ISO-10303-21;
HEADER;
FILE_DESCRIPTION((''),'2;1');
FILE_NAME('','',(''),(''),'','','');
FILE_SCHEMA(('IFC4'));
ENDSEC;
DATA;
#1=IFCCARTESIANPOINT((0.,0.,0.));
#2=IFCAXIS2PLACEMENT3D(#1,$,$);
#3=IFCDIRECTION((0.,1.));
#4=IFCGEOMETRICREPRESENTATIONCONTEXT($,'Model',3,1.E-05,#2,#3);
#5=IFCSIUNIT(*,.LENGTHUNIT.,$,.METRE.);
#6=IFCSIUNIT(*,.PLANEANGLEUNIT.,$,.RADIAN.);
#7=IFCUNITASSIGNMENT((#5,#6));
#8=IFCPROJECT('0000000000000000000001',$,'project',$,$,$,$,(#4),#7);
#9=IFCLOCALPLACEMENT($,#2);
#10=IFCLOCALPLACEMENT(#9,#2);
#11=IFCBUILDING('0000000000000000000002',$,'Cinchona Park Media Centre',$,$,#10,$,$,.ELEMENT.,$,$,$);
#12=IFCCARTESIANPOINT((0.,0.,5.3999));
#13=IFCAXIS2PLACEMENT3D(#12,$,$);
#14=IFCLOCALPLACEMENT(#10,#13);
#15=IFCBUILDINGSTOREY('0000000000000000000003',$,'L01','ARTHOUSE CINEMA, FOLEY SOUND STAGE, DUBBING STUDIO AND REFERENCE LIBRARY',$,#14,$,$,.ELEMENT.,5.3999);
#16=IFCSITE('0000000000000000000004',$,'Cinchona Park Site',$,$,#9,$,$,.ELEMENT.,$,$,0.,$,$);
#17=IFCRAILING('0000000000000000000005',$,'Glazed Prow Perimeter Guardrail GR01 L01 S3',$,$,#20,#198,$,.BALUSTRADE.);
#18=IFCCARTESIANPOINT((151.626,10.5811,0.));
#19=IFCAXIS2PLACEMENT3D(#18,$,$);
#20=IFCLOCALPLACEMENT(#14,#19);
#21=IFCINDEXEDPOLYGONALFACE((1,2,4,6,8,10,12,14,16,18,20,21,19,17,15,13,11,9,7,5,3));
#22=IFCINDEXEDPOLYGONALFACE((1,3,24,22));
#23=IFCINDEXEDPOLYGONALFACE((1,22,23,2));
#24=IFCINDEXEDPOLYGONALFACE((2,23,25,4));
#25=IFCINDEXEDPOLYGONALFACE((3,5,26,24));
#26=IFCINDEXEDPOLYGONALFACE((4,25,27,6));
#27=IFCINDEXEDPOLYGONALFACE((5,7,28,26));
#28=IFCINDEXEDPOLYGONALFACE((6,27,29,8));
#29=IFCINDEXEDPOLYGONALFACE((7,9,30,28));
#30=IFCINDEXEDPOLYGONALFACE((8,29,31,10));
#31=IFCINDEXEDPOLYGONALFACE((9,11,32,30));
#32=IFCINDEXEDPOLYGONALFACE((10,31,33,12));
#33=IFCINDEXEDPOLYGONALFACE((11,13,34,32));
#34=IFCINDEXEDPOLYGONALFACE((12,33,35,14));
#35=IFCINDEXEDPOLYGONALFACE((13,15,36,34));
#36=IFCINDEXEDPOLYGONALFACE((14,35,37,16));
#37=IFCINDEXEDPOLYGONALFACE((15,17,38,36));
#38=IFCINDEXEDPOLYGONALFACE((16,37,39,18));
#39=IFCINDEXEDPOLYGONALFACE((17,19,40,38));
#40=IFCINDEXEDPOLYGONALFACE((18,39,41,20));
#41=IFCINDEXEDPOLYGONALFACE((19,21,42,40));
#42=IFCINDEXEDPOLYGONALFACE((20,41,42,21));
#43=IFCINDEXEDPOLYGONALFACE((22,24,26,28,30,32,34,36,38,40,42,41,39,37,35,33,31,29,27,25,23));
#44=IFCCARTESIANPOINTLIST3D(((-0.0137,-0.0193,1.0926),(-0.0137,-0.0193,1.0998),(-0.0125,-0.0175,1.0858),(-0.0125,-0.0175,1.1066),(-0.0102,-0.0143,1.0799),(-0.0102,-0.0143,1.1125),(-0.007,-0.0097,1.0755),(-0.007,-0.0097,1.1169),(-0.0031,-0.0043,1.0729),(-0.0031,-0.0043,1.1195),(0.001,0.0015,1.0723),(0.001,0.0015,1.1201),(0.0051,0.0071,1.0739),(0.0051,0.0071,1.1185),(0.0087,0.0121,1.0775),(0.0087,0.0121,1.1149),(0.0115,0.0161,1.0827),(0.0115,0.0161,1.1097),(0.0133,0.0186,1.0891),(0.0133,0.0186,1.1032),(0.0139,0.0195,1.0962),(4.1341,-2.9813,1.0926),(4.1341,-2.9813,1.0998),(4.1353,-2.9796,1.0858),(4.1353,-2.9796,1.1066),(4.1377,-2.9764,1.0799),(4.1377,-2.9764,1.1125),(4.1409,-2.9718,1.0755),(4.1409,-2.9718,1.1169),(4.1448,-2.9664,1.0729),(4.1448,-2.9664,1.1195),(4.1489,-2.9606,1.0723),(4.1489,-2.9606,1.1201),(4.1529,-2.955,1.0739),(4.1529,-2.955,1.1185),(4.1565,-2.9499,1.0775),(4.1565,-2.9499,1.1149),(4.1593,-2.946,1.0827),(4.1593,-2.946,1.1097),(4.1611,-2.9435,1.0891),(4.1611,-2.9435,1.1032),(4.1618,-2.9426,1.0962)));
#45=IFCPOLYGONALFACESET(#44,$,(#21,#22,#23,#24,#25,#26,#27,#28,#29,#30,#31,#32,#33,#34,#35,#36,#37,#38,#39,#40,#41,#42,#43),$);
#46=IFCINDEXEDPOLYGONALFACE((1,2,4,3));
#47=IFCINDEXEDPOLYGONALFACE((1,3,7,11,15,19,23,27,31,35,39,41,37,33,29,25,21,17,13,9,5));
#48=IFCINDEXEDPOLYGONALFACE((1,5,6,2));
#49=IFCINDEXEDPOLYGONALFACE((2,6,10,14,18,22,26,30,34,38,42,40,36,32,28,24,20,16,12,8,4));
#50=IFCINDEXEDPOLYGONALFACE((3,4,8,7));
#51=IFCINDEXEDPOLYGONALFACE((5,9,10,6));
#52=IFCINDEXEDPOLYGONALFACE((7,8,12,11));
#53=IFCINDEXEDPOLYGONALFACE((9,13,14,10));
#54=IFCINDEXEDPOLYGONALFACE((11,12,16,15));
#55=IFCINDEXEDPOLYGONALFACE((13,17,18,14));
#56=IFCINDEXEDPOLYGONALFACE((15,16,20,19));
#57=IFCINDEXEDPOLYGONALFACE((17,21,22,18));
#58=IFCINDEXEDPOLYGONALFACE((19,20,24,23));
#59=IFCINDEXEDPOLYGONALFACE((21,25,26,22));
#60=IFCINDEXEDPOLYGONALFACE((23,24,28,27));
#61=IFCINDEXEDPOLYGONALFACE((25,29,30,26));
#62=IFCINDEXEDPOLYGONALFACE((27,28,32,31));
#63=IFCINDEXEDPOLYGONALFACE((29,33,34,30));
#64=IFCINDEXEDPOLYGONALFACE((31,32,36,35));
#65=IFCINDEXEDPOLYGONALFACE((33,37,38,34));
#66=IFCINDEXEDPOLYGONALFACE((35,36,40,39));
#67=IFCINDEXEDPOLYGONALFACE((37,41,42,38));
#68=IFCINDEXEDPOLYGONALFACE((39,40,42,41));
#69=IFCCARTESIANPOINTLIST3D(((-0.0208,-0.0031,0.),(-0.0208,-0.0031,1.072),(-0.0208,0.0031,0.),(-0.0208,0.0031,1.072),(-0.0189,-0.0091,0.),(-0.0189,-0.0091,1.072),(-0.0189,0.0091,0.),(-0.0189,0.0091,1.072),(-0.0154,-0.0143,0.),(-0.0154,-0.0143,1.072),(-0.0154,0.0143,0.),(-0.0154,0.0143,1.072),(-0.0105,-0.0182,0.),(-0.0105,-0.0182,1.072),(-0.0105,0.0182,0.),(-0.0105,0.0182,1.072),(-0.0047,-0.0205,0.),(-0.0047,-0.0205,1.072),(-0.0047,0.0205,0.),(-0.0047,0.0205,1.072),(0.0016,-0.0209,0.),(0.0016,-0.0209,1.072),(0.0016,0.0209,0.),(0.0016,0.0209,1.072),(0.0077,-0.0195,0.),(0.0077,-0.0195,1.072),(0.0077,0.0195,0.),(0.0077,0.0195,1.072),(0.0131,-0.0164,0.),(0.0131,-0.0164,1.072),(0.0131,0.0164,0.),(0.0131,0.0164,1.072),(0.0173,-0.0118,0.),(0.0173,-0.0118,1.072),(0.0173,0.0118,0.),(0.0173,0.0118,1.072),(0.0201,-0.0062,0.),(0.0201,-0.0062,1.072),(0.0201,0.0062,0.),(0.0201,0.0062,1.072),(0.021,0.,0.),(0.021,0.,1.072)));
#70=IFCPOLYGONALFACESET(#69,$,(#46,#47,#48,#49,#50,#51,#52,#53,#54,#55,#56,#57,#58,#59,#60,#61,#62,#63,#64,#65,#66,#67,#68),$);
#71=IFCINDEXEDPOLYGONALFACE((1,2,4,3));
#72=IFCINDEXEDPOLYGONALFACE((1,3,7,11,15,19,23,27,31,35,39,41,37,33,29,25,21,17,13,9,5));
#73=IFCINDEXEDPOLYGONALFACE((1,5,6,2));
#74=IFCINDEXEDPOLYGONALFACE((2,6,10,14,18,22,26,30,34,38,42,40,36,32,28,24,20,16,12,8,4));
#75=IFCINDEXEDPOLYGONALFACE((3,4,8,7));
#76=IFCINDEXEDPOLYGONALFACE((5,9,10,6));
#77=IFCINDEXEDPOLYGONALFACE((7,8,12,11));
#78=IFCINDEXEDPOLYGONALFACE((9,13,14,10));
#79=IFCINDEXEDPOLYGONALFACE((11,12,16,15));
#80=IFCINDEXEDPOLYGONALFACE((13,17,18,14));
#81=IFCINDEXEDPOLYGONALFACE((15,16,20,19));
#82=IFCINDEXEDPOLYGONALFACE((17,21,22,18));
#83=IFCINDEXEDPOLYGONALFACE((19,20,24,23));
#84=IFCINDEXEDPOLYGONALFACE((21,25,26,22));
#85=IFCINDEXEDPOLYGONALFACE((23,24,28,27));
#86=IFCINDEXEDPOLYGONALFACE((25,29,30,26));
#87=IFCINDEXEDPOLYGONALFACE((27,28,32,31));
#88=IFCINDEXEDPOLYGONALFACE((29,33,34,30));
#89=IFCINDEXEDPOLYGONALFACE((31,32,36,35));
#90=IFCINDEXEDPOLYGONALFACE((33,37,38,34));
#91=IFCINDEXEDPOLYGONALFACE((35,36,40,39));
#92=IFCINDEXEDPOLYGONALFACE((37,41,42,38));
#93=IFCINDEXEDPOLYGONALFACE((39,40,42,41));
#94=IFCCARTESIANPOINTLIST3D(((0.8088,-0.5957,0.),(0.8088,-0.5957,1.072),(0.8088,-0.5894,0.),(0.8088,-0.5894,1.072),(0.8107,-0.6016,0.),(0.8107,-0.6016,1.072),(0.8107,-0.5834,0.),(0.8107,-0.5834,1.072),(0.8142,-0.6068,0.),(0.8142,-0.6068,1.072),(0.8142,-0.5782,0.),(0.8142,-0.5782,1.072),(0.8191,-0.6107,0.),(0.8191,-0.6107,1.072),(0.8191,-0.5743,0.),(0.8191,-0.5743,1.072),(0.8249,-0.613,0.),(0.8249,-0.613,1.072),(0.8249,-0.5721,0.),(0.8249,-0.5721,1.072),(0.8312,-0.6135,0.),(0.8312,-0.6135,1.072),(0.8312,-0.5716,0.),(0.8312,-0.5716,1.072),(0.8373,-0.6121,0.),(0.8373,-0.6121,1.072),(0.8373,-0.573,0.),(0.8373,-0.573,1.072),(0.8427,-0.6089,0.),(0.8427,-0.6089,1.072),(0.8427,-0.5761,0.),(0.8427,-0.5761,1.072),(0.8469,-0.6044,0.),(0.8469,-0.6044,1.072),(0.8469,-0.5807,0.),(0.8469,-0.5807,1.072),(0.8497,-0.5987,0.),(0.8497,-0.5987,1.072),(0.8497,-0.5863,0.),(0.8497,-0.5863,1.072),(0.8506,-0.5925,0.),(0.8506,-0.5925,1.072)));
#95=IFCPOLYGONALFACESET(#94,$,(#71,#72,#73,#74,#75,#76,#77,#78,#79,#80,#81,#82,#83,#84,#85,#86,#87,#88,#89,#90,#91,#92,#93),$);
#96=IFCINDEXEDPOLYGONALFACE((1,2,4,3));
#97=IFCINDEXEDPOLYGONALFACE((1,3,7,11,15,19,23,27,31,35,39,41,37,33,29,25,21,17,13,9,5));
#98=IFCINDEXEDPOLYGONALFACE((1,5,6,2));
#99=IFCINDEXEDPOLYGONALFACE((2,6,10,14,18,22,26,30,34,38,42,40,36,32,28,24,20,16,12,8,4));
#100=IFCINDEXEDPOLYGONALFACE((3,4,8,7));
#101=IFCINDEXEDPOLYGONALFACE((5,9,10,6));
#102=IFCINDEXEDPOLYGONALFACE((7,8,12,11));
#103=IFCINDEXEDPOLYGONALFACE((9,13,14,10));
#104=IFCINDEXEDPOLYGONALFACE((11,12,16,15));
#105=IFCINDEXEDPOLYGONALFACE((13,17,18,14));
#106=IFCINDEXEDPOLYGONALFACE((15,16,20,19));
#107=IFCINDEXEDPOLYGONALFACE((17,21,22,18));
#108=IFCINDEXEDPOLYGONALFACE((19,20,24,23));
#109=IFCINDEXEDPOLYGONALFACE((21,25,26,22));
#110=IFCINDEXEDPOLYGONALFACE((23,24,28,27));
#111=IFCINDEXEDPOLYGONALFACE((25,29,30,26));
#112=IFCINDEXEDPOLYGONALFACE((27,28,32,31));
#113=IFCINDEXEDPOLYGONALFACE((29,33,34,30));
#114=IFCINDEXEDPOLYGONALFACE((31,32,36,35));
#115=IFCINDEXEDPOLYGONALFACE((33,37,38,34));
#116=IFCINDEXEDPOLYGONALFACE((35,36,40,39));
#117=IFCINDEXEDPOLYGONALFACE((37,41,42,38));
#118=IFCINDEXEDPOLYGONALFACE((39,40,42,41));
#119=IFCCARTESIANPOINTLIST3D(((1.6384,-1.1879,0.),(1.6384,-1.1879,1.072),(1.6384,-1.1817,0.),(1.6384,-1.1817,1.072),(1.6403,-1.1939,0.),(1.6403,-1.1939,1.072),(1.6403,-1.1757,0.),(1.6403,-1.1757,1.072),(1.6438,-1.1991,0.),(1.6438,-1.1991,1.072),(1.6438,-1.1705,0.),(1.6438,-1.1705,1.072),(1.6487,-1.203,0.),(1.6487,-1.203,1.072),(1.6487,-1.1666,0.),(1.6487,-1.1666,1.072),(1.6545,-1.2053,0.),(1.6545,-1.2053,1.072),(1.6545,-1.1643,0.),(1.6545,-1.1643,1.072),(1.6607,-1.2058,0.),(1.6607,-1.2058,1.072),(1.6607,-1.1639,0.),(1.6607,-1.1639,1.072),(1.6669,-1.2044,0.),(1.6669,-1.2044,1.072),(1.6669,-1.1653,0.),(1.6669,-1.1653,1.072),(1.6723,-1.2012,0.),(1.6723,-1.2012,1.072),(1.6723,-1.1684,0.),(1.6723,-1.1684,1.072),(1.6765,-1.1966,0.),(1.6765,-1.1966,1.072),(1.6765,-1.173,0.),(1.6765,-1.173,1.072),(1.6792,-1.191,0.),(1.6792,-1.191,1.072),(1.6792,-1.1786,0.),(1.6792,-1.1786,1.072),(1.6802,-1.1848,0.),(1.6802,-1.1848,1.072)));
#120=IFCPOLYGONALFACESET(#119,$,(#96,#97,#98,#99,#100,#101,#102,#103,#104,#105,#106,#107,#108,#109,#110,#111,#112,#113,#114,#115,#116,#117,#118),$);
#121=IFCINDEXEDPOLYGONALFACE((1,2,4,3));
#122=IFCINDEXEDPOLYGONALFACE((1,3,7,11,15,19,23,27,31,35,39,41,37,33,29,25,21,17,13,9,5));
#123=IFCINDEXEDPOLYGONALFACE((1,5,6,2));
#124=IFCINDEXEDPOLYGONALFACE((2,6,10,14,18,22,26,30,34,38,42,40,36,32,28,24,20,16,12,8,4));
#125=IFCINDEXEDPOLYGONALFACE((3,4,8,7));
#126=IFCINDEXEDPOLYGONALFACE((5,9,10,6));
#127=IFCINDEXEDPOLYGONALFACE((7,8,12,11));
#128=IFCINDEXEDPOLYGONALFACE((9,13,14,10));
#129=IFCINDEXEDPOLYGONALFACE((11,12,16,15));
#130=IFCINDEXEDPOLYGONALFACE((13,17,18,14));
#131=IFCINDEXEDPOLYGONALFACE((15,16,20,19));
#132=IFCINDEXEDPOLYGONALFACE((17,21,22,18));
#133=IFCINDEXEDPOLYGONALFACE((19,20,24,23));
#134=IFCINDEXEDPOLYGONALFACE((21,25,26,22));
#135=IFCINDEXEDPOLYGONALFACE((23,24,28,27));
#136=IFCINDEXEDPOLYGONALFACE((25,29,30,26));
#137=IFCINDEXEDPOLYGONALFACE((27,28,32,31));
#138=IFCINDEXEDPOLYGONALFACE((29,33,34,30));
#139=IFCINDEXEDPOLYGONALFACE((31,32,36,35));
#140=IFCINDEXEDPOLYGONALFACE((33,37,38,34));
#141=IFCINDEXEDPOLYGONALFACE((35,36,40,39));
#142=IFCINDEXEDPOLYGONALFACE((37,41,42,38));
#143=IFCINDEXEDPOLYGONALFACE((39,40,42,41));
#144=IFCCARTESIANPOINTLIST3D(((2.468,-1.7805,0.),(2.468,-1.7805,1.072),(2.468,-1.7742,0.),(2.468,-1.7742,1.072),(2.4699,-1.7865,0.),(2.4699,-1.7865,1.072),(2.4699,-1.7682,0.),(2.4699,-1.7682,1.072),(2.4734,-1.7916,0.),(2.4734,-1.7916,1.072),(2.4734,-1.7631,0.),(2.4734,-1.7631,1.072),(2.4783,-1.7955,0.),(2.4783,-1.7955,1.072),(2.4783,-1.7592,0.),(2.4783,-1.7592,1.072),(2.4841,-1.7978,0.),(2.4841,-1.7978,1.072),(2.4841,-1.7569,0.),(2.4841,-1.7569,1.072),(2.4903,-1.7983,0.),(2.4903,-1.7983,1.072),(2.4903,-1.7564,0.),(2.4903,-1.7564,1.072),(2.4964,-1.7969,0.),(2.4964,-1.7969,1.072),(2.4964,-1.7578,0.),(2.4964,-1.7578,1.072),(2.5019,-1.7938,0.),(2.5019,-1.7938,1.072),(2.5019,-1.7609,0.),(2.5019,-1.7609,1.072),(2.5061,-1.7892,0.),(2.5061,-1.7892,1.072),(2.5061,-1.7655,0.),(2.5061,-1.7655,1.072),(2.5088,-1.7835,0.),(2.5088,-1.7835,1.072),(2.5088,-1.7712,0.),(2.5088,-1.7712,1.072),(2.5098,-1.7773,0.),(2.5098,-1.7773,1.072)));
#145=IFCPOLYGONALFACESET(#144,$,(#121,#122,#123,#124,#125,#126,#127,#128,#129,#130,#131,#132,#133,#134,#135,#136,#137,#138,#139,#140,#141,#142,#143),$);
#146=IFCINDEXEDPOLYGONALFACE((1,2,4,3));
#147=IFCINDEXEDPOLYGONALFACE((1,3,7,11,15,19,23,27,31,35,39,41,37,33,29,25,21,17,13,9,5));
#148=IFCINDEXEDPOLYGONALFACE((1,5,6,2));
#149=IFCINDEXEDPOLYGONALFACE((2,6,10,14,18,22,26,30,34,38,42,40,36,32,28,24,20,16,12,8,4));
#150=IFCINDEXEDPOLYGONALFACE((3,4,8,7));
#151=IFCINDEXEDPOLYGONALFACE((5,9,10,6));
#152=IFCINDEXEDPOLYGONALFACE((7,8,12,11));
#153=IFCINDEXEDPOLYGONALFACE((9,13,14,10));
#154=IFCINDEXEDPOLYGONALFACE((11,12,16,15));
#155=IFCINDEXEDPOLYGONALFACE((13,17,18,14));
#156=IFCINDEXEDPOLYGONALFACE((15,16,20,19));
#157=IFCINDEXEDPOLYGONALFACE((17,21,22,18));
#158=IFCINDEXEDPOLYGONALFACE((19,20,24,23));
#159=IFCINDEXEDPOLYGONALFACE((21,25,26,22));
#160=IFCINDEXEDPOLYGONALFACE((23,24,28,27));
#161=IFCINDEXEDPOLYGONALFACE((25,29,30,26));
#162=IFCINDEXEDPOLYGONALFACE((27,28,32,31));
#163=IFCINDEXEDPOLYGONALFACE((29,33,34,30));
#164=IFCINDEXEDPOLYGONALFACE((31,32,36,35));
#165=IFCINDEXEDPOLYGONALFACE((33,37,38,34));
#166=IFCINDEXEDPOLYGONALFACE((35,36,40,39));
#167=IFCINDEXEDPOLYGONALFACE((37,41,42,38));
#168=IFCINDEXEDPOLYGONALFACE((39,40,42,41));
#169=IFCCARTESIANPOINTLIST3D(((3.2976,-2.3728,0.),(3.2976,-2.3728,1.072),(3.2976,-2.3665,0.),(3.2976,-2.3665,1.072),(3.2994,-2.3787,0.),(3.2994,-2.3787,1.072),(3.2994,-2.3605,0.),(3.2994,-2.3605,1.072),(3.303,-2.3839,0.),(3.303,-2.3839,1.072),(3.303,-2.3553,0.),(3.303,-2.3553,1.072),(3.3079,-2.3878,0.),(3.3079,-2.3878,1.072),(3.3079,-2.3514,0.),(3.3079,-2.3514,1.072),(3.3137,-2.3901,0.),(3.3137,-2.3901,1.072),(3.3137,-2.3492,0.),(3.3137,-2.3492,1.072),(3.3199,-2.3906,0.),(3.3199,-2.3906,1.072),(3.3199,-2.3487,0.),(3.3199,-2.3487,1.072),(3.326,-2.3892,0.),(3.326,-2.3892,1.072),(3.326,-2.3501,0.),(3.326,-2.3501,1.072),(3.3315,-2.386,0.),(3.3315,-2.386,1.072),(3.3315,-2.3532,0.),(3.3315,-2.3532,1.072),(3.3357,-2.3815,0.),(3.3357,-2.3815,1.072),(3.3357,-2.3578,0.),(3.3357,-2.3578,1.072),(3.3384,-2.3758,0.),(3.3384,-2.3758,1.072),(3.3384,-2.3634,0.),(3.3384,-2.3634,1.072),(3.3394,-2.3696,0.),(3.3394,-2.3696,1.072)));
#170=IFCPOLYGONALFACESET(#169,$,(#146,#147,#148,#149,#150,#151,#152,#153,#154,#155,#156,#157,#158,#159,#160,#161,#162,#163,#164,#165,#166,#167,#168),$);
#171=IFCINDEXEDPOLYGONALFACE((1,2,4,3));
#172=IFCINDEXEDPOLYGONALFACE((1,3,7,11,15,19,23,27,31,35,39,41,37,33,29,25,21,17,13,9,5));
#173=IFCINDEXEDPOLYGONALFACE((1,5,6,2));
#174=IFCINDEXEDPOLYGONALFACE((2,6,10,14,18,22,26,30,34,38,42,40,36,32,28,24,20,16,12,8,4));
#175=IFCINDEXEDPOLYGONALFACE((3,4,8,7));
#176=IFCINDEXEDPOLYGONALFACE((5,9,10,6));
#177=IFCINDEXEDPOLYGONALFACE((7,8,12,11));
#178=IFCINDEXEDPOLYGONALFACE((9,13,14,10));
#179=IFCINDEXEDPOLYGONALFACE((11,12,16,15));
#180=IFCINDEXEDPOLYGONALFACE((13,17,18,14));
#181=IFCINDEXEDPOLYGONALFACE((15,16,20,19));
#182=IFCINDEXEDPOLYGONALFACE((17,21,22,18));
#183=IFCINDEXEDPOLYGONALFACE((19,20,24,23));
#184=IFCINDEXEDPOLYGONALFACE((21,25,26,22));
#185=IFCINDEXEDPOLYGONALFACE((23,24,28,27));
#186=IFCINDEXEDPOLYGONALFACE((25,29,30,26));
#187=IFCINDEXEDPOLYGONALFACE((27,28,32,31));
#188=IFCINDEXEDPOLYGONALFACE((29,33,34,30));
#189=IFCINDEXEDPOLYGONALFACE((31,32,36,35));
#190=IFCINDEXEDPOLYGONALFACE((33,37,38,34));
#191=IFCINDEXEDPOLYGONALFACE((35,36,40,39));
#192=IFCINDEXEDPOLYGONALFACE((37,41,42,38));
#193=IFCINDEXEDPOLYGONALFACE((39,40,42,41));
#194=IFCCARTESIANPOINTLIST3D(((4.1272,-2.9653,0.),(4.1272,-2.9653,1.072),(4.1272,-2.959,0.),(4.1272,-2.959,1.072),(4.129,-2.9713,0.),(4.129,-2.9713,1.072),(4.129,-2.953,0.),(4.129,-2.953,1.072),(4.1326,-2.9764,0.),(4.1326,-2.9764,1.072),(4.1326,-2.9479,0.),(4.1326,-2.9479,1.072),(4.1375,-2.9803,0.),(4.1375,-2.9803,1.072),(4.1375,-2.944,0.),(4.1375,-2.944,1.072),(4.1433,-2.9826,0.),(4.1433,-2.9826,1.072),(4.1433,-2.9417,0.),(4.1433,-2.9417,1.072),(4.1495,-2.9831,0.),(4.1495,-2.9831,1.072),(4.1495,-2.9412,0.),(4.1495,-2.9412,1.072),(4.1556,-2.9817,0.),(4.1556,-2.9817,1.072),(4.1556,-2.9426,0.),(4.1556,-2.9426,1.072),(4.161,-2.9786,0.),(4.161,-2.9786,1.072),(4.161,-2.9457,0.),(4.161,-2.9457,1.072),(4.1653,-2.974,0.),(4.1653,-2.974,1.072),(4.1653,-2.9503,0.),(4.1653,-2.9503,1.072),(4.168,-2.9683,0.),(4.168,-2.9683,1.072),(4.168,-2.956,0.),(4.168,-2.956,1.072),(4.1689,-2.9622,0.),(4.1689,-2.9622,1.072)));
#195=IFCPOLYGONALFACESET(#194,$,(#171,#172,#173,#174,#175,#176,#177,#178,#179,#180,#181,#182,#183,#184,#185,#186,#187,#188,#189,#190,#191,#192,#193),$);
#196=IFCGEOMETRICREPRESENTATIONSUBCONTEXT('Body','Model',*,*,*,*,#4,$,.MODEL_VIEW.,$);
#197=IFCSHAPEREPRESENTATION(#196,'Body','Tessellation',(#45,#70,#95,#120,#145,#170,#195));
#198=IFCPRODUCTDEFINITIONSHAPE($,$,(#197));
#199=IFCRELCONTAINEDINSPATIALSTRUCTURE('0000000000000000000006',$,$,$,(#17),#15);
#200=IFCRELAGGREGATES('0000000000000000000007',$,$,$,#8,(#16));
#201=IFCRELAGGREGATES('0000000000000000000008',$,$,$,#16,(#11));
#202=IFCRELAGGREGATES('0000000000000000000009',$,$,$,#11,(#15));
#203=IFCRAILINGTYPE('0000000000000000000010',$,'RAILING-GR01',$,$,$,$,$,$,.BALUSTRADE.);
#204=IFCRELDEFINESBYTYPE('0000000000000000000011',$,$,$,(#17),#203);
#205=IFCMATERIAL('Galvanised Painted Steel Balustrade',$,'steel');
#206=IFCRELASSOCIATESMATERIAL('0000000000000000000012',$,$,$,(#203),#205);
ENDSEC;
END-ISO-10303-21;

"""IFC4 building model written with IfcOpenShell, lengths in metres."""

from ifc_helpers import new_model, si_unit, direction, frame, origin, origin_2d, place, context, subcontext, project, spatial, circle, extrude, material, type_object, element, save


model = new_model("IFC4")

# Units and contexts
model_context = context("Model", 3, precision=1e-05, world=origin(), true_north=direction((0.0, 1.0)))
body_context = subcontext(model_context, "Body", "Model", "MODEL_VIEW")
ifc_project = project(units=[si_unit("LENGTHUNIT", "METRE"), si_unit("PLANEANGLEUNIT", "RADIAN")], contexts=[model_context])

# Site, building, storey
site_placement = place(None, origin())
site = spatial("IfcSite", under=ifc_project, at=site_placement, Name="Cinchona Park Site", CompositionType="ELEMENT", RefElevation=0.0)
building_placement = place(site_placement, origin())
building = spatial("IfcBuilding", under=site, at=building_placement, Name="Cinchona Park Media Centre", CompositionType="ELEMENT")
storey_placement = place(building_placement, frame((0.0, 0.0, 5.3999)))
storey = spatial("IfcBuildingStorey", under=building, at=storey_placement, Name="L01", Description="ARTHOUSE CINEMA, FOLEY SOUND STAGE, DUBBING STUDIO AND REFERENCE LIBRARY", CompositionType="ELEMENT", Elevation=5.3999)

# Railing
ifc_material_1 = material(Name="Galvanised Painted Steel Balustrade", Category="steel")
railing_type = type_object("IfcRailingType", Name="RAILING-GR01", PredefinedType="BALUSTRADE", material=ifc_material_1)
railing_1_placement = place(storey_placement, frame((151.626, 10.5811, 0.0)))
element("IfcRailing", 1, at=railing_1_placement, inside=storey, type_object=railing_type, Name="Glazed Prow Perimeter Guardrail GR01 L01 S3", PredefinedType="BALUSTRADE", context=body_context, shape_type="SweptSolid", body=[
    extrude(circle(Radius=0.0239, at=origin_2d()), frame((0.0, 0.0, 1.0962), z_axis=(0.813795, -0.581152, 0.0), x_axis=(0.581152, 0.813795, 0.0)), (0.0, 0.0, 1.0), 5.0969),
    extrude(circle(Radius=0.021, at=origin_2d()), origin(), (0.0, 0.0, 1.0), 1.072),
    extrude(circle(Radius=0.021, at=origin_2d()), frame((0.8296, -0.5925, 0.0)), (0.0, 0.0, 1.0), 1.072),
    extrude(circle(Radius=0.021, at=origin_2d()), frame((1.6592, -1.1848, 0.0)), (0.0, 0.0, 1.0), 1.072),
    extrude(circle(Radius=0.021, at=origin_2d()), frame((2.4888, -1.7773, 0.0)), (0.0, 0.0, 1.0), 1.072),
    extrude(circle(Radius=0.021, at=origin_2d()), frame((3.3184, -2.3696, 0.0)), (0.0, 0.0, 1.0), 1.072),
    extrude(circle(Radius=0.021, at=origin_2d()), frame((4.1479, -2.9622, 0.0)), (0.0, 0.0, 1.0), 1.072),
])

save(model, "model.ifc")
